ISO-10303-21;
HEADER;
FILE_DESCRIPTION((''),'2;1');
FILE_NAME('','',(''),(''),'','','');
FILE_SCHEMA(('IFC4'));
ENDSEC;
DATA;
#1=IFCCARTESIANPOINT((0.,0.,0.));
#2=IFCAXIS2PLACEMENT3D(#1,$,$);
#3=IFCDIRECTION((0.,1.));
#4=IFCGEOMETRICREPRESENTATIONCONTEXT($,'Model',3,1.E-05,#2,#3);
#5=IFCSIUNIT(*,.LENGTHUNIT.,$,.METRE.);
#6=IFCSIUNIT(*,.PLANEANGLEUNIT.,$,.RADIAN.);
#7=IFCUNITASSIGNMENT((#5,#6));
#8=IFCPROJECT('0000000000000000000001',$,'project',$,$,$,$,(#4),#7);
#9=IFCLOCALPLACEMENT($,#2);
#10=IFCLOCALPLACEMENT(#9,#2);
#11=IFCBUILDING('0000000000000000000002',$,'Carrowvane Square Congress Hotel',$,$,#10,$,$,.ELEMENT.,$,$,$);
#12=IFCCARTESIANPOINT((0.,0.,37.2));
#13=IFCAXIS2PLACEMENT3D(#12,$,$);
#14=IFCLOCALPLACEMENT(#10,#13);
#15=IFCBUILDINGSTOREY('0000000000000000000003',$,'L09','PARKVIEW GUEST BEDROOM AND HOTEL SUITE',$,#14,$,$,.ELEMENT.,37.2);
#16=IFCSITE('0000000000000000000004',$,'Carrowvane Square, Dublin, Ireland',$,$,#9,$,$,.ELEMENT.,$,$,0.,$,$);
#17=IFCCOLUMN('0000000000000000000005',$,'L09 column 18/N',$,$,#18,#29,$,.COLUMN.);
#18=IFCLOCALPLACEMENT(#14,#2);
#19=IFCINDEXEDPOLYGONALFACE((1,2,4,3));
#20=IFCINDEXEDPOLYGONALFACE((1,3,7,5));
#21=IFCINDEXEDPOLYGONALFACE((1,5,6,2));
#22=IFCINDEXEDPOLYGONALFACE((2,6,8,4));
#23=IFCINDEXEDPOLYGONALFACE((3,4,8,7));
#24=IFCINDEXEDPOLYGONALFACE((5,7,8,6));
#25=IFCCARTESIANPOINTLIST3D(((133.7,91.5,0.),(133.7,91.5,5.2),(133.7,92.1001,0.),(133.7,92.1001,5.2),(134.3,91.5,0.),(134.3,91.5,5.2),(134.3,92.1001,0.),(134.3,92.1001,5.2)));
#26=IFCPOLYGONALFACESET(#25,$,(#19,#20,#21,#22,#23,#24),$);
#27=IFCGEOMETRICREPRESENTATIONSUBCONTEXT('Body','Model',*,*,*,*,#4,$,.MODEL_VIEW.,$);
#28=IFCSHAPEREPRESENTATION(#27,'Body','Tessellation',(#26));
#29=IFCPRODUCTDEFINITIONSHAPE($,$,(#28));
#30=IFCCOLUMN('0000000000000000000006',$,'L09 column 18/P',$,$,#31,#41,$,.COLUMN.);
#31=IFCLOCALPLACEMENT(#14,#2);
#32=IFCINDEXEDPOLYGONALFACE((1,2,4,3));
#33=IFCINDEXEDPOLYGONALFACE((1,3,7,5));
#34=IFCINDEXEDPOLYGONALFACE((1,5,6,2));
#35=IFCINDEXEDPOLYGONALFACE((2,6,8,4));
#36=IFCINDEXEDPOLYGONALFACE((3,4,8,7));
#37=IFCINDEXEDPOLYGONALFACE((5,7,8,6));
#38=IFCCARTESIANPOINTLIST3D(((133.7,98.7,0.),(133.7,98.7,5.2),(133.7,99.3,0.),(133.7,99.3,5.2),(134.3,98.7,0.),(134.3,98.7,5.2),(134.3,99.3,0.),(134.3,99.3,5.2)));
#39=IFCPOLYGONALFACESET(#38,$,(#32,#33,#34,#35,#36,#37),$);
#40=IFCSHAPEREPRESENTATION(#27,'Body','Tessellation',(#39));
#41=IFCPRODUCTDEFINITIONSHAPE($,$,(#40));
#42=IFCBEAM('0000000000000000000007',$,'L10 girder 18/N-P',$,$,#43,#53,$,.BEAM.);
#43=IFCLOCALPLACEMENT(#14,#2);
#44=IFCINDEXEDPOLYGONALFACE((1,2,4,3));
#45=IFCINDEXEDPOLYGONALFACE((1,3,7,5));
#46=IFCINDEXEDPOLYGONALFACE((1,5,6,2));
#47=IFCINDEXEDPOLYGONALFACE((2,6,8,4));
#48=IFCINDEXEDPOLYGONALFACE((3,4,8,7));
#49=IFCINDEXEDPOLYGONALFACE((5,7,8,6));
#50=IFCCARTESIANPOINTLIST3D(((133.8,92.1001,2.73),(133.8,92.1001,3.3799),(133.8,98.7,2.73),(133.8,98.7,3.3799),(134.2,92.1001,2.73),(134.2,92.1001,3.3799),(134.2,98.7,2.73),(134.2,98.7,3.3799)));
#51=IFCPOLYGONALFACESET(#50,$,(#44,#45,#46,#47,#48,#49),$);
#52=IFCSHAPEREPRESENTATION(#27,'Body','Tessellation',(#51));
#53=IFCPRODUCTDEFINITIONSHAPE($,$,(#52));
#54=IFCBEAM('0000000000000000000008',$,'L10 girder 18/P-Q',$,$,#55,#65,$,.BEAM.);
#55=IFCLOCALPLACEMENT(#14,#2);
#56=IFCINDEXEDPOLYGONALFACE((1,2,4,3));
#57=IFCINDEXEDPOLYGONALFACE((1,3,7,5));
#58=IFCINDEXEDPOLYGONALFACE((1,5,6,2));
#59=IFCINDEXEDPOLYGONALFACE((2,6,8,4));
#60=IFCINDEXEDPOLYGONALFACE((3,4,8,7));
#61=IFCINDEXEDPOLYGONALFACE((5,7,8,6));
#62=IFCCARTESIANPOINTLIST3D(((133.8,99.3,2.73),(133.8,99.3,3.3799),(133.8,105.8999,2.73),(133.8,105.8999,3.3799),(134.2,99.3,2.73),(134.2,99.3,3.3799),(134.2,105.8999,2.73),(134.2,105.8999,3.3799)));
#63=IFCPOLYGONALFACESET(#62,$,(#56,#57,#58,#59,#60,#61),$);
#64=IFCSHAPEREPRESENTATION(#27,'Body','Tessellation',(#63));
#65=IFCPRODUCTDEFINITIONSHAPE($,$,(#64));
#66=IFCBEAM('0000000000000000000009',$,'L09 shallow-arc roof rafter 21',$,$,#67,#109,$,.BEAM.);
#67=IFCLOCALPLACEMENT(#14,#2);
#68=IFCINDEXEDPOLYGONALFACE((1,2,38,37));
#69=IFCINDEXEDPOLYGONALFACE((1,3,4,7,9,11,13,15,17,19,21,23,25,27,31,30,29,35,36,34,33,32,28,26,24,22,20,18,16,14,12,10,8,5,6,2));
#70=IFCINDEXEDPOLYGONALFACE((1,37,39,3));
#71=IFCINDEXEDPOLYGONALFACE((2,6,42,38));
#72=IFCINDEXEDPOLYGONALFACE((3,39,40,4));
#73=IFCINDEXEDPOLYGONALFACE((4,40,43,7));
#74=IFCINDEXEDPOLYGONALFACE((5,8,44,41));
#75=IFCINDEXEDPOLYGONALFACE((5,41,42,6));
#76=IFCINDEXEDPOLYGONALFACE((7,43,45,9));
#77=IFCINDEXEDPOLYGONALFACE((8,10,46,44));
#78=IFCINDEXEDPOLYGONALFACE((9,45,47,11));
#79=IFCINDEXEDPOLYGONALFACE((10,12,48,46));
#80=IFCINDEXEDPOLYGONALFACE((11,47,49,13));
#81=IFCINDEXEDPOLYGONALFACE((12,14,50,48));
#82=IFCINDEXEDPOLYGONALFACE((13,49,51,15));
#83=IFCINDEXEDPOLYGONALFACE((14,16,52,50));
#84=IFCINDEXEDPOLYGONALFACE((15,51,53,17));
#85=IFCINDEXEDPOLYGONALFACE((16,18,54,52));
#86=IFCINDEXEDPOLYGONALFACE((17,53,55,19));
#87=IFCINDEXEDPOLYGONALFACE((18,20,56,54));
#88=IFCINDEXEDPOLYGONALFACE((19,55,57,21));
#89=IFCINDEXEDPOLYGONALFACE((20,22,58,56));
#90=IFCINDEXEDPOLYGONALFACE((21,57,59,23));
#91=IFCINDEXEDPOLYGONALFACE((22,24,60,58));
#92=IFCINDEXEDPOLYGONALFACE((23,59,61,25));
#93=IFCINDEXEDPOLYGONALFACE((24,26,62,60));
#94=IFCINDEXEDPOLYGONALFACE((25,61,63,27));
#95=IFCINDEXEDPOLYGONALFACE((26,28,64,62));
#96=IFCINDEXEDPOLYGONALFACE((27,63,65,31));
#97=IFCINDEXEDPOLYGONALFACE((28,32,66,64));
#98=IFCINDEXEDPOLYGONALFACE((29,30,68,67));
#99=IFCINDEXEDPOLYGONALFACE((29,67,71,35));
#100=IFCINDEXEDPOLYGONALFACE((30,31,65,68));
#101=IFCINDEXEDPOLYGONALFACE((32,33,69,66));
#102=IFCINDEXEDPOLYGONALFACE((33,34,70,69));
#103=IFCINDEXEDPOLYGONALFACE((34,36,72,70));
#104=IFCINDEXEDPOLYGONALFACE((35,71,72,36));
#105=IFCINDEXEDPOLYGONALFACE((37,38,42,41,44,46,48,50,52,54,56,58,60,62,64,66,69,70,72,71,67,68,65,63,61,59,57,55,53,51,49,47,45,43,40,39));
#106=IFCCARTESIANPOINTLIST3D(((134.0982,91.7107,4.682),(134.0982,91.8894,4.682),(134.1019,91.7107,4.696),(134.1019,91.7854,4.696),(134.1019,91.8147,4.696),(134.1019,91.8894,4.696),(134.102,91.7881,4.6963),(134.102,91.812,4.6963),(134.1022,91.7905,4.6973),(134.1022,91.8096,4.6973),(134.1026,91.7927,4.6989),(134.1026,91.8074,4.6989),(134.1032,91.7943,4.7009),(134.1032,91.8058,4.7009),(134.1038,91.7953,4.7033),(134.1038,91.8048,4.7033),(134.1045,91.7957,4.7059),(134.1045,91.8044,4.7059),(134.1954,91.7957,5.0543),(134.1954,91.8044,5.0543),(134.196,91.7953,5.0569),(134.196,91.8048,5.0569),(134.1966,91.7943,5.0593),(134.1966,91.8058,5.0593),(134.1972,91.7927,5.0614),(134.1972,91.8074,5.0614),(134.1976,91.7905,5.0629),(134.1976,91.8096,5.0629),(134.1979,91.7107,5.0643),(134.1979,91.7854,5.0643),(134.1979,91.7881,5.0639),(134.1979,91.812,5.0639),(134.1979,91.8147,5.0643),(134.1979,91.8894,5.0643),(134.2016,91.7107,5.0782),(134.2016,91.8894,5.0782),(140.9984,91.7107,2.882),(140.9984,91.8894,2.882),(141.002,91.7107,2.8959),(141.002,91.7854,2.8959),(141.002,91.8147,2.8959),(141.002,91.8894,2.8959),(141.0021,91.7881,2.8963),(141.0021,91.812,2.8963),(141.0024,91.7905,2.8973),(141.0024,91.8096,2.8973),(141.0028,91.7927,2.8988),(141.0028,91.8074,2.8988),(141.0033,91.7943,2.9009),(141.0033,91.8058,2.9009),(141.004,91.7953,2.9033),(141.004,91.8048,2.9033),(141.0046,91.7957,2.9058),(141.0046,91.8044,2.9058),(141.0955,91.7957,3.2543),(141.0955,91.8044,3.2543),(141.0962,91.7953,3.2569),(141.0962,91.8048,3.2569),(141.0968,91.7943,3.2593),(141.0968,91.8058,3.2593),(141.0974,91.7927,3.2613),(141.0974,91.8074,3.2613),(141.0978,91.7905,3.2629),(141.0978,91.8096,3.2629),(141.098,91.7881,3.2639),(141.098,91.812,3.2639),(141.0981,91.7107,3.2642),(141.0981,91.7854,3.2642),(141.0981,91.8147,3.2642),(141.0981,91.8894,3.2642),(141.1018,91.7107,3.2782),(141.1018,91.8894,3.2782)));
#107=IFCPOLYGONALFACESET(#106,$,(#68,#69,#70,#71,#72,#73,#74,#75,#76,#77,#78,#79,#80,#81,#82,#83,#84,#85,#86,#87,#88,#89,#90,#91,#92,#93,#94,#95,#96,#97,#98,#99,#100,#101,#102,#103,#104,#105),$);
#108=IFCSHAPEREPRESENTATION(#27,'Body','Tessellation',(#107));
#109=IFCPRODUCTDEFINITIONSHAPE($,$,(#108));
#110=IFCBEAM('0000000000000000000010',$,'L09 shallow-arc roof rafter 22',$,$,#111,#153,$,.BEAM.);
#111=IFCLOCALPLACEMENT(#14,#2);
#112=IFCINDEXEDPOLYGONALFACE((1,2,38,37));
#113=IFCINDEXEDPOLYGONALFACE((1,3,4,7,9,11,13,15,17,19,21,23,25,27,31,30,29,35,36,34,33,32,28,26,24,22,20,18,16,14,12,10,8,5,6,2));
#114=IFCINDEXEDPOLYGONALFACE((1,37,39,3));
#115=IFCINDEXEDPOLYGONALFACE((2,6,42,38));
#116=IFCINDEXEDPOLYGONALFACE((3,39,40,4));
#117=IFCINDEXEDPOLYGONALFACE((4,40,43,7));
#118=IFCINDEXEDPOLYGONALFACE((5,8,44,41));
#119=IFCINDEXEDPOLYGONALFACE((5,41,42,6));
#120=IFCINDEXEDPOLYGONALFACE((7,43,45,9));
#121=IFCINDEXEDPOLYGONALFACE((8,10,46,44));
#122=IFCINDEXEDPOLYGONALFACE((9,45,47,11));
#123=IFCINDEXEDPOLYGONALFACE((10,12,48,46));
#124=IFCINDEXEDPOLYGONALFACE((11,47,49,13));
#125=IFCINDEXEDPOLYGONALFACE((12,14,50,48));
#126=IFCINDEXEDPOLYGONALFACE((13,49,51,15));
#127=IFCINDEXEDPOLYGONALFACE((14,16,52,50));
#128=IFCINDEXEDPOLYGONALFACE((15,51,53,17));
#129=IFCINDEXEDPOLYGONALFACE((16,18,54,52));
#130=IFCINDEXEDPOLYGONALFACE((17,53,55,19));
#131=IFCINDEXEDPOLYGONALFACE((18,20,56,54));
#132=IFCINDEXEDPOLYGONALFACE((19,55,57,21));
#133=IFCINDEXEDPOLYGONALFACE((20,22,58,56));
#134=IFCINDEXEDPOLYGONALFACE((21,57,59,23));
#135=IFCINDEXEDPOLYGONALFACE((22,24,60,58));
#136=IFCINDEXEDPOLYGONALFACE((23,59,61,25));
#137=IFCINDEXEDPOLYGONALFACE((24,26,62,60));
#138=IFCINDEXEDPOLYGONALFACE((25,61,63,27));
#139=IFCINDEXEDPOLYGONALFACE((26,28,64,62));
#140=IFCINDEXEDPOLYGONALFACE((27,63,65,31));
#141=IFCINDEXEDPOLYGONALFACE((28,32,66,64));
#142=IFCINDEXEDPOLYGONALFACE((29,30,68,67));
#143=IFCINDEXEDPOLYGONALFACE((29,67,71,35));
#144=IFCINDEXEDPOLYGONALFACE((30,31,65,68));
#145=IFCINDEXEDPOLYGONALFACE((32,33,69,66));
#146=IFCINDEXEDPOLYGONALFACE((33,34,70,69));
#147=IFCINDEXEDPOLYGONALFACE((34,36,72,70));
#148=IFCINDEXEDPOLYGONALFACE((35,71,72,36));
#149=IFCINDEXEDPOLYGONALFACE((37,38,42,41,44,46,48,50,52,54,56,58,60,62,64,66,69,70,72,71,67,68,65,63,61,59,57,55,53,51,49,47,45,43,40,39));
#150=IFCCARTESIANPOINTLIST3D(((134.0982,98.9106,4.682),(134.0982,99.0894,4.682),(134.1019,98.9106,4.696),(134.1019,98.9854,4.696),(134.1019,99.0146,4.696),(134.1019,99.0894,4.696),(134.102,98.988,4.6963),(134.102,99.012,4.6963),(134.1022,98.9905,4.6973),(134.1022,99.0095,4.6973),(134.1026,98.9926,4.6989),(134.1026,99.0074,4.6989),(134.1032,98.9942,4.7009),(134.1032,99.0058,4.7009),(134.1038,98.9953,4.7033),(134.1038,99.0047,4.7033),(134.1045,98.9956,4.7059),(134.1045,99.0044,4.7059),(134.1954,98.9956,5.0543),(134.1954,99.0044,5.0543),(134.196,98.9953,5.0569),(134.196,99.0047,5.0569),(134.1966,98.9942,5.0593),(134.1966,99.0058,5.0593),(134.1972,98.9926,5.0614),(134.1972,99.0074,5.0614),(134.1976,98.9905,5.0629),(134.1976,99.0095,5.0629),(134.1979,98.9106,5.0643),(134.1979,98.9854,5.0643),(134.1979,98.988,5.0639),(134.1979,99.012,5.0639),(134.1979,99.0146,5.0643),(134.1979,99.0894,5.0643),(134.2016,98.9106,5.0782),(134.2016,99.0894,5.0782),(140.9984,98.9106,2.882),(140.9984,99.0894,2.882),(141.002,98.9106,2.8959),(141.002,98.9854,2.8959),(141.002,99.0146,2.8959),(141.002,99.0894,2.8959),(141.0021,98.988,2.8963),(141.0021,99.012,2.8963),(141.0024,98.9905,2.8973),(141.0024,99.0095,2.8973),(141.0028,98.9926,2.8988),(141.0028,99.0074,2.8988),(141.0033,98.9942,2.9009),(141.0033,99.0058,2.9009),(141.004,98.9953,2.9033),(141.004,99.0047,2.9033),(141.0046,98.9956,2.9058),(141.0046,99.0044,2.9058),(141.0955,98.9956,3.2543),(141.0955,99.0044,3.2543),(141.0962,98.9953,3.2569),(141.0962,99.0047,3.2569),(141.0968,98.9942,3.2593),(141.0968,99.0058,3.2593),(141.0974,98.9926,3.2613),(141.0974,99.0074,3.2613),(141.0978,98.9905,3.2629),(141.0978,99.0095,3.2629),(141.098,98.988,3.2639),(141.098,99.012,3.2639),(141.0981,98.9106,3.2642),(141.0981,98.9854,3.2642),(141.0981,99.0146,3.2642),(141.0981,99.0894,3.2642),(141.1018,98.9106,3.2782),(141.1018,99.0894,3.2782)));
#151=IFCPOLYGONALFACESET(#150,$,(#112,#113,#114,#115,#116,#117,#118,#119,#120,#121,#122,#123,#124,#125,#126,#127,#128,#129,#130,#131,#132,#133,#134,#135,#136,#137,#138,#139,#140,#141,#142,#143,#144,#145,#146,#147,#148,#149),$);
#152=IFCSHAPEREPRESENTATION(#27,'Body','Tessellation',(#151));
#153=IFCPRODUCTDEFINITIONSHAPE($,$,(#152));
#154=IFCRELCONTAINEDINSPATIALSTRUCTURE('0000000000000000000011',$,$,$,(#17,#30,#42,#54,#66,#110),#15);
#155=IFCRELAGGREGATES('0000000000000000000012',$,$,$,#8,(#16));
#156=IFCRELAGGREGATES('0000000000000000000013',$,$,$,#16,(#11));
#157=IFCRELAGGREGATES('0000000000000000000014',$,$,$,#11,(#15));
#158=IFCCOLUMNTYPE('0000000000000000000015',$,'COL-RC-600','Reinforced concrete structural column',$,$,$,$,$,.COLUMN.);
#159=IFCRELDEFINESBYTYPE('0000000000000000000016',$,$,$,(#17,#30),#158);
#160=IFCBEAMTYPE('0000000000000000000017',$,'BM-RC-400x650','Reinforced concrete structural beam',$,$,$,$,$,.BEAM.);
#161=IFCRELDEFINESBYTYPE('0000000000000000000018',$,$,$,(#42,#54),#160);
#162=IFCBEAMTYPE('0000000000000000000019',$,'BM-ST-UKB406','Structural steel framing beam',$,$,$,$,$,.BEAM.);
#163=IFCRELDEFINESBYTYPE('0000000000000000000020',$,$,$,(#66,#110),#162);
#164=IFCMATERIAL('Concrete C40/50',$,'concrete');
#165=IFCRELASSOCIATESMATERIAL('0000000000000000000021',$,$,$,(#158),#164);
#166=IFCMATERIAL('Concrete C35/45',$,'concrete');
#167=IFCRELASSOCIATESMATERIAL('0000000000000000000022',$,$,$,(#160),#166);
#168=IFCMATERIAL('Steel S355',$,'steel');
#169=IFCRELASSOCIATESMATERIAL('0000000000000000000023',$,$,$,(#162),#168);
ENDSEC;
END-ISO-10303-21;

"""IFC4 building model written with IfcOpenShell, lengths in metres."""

from ifc_helpers import new_model, si_unit, direction, frame, origin, origin_2d, place, context, subcontext, project, spatial, rectangle, i_section, extrude, material, material_profile, profile_set, type_object, element, save


model = new_model("IFC4")

# Units and contexts
model_context = context("Model", 3, precision=1e-05, world=origin(), true_north=direction((0.0, 1.0)))
body_context = subcontext(model_context, "Body", "Model", "MODEL_VIEW")
ifc_project = project(units=[si_unit("LENGTHUNIT", "METRE"), si_unit("PLANEANGLEUNIT", "RADIAN")], contexts=[model_context])

# Site, building, storey
site_placement = place(None, origin())
site = spatial("IfcSite", under=ifc_project, at=site_placement, Name="Carrowvane Square, Dublin, Ireland", CompositionType="ELEMENT", RefElevation=0.0)
building_placement = place(site_placement, origin())
building = spatial("IfcBuilding", under=site, at=building_placement, Name="Carrowvane Square Congress Hotel", CompositionType="ELEMENT")
storey_placement = place(building_placement, frame((0.0, 0.0, 37.2)))
storey = spatial("IfcBuildingStorey", under=building, at=storey_placement, Name="L09", Description="PARKVIEW GUEST BEDROOM AND HOTEL SUITE", CompositionType="ELEMENT", Elevation=37.2)

# Columns
ifc_material_1 = material(Name="Concrete C40/50", Category="concrete")
ifc_material_profile_1 = material_profile(ifc_material_1, rectangle(XDim=0.6001, YDim=0.6001, at=origin_2d()), Name="RC 600x600")
ifc_profile_set_1 = profile_set([ifc_material_profile_1], Name="Concrete C40/50")
column_type = type_object("IfcColumnType", Name="COL-RC-600", Description="Reinforced concrete structural column", PredefinedType="COLUMN", material=ifc_profile_set_1)
for number, where, z_axis, x_axis, name in (
    (1, (134.0, 91.8, 0.0), (0.0, 0.0, 1.0), (1.0, 0.0, 0.0), "L09 column 18/N"),
    (2, (134.0, 99.0, 0.0), (0.0, 0.0, 1.0), (1.0, 0.0, 0.0), "L09 column 18/P"),
):
    element("IfcColumn", number, at=place(storey_placement, frame(where, z_axis=z_axis, x_axis=x_axis)), inside=storey, type_object=column_type, Name=name, PredefinedType="COLUMN", context=body_context, shape_type="SweptSolid", body=[
        extrude(rectangle(XDim=0.6001, YDim=0.6001, at=origin_2d()), origin(), (0.0, 0.0, 1.0), 5.2),
    ])

# Beams
ifc_material_2 = material(Name="Concrete C35/45", Category="concrete")
ifc_material_profile_2 = material_profile(ifc_material_2, rectangle(XDim=0.3999, YDim=0.6499, at=origin_2d()), Name="RC 400x650")
ifc_profile_set_2 = profile_set([ifc_material_profile_2], Name="Concrete C35/45")
beam_type_1 = type_object("IfcBeamType", Name="BM-RC-400x650", Description="Reinforced concrete structural beam", PredefinedType="BEAM", material=ifc_profile_set_2)
for number, where, z_axis, x_axis, name in (
    (3, (134.0, 92.1001, 3.0549), (0.0, 1.0, 0.0), (-1.0, 0.0, 0.0), "L10 girder 18/N-P"),
    (4, (134.0, 99.3, 3.0549), (0.0, 1.0, 0.0), (-1.0, 0.0, 0.0), "L10 girder 18/P-Q"),
):
    element("IfcBeam", number, at=place(storey_placement, frame(where, z_axis=z_axis, x_axis=x_axis)), inside=storey, type_object=beam_type_1, Name=name, PredefinedType="BEAM", context=body_context, shape_type="SweptSolid", body=[
        extrude(rectangle(XDim=0.3999, YDim=0.6499, at=origin_2d()), origin(), (0.0, 0.0, 1.0), 6.5999),
    ])
ifc_material_3 = material(Name="Steel S355", Category="steel")
ifc_material_profile_3 = material_profile(ifc_material_3, i_section(OverallWidth=0.1787, OverallDepth=0.4094, WebThickness=0.0088, FlangeThickness=0.0144, FilletRadius=0.0103, at=origin_2d()), Name="UKB 406x178x67")
ifc_profile_set_3 = profile_set([ifc_material_profile_3], Name="Steel S355")
beam_type_2 = type_object("IfcBeamType", Name="BM-ST-UKB406", Description="Structural steel framing beam", PredefinedType="BEAM", material=ifc_profile_set_3)
for number, where, z_axis, x_axis, name in (
    (5, (134.1499, 91.8, 4.8801), (0.967617, 0.0, -0.252423), (0.0, 1.0, 0.0), "L09 shallow-arc roof rafter 21"),
    (6, (134.1499, 99.0, 4.8801), (0.967617, 0.0, -0.252423), (0.0, 1.0, 0.0), "L09 shallow-arc roof rafter 22"),
):
    element("IfcBeam", number, at=place(storey_placement, frame(where, z_axis=z_axis, x_axis=x_axis)), inside=storey, type_object=beam_type_2, Name=name, PredefinedType="BEAM", context=body_context, shape_type="SweptSolid", body=[
        extrude(i_section(OverallWidth=0.1787, OverallDepth=0.4094, WebThickness=0.0088, FlangeThickness=0.0144, FilletRadius=0.0103, at=origin_2d()), origin(), (0.0, 0.0, 1.0), 7.1311),
    ])

save(model, "model.ifc")
